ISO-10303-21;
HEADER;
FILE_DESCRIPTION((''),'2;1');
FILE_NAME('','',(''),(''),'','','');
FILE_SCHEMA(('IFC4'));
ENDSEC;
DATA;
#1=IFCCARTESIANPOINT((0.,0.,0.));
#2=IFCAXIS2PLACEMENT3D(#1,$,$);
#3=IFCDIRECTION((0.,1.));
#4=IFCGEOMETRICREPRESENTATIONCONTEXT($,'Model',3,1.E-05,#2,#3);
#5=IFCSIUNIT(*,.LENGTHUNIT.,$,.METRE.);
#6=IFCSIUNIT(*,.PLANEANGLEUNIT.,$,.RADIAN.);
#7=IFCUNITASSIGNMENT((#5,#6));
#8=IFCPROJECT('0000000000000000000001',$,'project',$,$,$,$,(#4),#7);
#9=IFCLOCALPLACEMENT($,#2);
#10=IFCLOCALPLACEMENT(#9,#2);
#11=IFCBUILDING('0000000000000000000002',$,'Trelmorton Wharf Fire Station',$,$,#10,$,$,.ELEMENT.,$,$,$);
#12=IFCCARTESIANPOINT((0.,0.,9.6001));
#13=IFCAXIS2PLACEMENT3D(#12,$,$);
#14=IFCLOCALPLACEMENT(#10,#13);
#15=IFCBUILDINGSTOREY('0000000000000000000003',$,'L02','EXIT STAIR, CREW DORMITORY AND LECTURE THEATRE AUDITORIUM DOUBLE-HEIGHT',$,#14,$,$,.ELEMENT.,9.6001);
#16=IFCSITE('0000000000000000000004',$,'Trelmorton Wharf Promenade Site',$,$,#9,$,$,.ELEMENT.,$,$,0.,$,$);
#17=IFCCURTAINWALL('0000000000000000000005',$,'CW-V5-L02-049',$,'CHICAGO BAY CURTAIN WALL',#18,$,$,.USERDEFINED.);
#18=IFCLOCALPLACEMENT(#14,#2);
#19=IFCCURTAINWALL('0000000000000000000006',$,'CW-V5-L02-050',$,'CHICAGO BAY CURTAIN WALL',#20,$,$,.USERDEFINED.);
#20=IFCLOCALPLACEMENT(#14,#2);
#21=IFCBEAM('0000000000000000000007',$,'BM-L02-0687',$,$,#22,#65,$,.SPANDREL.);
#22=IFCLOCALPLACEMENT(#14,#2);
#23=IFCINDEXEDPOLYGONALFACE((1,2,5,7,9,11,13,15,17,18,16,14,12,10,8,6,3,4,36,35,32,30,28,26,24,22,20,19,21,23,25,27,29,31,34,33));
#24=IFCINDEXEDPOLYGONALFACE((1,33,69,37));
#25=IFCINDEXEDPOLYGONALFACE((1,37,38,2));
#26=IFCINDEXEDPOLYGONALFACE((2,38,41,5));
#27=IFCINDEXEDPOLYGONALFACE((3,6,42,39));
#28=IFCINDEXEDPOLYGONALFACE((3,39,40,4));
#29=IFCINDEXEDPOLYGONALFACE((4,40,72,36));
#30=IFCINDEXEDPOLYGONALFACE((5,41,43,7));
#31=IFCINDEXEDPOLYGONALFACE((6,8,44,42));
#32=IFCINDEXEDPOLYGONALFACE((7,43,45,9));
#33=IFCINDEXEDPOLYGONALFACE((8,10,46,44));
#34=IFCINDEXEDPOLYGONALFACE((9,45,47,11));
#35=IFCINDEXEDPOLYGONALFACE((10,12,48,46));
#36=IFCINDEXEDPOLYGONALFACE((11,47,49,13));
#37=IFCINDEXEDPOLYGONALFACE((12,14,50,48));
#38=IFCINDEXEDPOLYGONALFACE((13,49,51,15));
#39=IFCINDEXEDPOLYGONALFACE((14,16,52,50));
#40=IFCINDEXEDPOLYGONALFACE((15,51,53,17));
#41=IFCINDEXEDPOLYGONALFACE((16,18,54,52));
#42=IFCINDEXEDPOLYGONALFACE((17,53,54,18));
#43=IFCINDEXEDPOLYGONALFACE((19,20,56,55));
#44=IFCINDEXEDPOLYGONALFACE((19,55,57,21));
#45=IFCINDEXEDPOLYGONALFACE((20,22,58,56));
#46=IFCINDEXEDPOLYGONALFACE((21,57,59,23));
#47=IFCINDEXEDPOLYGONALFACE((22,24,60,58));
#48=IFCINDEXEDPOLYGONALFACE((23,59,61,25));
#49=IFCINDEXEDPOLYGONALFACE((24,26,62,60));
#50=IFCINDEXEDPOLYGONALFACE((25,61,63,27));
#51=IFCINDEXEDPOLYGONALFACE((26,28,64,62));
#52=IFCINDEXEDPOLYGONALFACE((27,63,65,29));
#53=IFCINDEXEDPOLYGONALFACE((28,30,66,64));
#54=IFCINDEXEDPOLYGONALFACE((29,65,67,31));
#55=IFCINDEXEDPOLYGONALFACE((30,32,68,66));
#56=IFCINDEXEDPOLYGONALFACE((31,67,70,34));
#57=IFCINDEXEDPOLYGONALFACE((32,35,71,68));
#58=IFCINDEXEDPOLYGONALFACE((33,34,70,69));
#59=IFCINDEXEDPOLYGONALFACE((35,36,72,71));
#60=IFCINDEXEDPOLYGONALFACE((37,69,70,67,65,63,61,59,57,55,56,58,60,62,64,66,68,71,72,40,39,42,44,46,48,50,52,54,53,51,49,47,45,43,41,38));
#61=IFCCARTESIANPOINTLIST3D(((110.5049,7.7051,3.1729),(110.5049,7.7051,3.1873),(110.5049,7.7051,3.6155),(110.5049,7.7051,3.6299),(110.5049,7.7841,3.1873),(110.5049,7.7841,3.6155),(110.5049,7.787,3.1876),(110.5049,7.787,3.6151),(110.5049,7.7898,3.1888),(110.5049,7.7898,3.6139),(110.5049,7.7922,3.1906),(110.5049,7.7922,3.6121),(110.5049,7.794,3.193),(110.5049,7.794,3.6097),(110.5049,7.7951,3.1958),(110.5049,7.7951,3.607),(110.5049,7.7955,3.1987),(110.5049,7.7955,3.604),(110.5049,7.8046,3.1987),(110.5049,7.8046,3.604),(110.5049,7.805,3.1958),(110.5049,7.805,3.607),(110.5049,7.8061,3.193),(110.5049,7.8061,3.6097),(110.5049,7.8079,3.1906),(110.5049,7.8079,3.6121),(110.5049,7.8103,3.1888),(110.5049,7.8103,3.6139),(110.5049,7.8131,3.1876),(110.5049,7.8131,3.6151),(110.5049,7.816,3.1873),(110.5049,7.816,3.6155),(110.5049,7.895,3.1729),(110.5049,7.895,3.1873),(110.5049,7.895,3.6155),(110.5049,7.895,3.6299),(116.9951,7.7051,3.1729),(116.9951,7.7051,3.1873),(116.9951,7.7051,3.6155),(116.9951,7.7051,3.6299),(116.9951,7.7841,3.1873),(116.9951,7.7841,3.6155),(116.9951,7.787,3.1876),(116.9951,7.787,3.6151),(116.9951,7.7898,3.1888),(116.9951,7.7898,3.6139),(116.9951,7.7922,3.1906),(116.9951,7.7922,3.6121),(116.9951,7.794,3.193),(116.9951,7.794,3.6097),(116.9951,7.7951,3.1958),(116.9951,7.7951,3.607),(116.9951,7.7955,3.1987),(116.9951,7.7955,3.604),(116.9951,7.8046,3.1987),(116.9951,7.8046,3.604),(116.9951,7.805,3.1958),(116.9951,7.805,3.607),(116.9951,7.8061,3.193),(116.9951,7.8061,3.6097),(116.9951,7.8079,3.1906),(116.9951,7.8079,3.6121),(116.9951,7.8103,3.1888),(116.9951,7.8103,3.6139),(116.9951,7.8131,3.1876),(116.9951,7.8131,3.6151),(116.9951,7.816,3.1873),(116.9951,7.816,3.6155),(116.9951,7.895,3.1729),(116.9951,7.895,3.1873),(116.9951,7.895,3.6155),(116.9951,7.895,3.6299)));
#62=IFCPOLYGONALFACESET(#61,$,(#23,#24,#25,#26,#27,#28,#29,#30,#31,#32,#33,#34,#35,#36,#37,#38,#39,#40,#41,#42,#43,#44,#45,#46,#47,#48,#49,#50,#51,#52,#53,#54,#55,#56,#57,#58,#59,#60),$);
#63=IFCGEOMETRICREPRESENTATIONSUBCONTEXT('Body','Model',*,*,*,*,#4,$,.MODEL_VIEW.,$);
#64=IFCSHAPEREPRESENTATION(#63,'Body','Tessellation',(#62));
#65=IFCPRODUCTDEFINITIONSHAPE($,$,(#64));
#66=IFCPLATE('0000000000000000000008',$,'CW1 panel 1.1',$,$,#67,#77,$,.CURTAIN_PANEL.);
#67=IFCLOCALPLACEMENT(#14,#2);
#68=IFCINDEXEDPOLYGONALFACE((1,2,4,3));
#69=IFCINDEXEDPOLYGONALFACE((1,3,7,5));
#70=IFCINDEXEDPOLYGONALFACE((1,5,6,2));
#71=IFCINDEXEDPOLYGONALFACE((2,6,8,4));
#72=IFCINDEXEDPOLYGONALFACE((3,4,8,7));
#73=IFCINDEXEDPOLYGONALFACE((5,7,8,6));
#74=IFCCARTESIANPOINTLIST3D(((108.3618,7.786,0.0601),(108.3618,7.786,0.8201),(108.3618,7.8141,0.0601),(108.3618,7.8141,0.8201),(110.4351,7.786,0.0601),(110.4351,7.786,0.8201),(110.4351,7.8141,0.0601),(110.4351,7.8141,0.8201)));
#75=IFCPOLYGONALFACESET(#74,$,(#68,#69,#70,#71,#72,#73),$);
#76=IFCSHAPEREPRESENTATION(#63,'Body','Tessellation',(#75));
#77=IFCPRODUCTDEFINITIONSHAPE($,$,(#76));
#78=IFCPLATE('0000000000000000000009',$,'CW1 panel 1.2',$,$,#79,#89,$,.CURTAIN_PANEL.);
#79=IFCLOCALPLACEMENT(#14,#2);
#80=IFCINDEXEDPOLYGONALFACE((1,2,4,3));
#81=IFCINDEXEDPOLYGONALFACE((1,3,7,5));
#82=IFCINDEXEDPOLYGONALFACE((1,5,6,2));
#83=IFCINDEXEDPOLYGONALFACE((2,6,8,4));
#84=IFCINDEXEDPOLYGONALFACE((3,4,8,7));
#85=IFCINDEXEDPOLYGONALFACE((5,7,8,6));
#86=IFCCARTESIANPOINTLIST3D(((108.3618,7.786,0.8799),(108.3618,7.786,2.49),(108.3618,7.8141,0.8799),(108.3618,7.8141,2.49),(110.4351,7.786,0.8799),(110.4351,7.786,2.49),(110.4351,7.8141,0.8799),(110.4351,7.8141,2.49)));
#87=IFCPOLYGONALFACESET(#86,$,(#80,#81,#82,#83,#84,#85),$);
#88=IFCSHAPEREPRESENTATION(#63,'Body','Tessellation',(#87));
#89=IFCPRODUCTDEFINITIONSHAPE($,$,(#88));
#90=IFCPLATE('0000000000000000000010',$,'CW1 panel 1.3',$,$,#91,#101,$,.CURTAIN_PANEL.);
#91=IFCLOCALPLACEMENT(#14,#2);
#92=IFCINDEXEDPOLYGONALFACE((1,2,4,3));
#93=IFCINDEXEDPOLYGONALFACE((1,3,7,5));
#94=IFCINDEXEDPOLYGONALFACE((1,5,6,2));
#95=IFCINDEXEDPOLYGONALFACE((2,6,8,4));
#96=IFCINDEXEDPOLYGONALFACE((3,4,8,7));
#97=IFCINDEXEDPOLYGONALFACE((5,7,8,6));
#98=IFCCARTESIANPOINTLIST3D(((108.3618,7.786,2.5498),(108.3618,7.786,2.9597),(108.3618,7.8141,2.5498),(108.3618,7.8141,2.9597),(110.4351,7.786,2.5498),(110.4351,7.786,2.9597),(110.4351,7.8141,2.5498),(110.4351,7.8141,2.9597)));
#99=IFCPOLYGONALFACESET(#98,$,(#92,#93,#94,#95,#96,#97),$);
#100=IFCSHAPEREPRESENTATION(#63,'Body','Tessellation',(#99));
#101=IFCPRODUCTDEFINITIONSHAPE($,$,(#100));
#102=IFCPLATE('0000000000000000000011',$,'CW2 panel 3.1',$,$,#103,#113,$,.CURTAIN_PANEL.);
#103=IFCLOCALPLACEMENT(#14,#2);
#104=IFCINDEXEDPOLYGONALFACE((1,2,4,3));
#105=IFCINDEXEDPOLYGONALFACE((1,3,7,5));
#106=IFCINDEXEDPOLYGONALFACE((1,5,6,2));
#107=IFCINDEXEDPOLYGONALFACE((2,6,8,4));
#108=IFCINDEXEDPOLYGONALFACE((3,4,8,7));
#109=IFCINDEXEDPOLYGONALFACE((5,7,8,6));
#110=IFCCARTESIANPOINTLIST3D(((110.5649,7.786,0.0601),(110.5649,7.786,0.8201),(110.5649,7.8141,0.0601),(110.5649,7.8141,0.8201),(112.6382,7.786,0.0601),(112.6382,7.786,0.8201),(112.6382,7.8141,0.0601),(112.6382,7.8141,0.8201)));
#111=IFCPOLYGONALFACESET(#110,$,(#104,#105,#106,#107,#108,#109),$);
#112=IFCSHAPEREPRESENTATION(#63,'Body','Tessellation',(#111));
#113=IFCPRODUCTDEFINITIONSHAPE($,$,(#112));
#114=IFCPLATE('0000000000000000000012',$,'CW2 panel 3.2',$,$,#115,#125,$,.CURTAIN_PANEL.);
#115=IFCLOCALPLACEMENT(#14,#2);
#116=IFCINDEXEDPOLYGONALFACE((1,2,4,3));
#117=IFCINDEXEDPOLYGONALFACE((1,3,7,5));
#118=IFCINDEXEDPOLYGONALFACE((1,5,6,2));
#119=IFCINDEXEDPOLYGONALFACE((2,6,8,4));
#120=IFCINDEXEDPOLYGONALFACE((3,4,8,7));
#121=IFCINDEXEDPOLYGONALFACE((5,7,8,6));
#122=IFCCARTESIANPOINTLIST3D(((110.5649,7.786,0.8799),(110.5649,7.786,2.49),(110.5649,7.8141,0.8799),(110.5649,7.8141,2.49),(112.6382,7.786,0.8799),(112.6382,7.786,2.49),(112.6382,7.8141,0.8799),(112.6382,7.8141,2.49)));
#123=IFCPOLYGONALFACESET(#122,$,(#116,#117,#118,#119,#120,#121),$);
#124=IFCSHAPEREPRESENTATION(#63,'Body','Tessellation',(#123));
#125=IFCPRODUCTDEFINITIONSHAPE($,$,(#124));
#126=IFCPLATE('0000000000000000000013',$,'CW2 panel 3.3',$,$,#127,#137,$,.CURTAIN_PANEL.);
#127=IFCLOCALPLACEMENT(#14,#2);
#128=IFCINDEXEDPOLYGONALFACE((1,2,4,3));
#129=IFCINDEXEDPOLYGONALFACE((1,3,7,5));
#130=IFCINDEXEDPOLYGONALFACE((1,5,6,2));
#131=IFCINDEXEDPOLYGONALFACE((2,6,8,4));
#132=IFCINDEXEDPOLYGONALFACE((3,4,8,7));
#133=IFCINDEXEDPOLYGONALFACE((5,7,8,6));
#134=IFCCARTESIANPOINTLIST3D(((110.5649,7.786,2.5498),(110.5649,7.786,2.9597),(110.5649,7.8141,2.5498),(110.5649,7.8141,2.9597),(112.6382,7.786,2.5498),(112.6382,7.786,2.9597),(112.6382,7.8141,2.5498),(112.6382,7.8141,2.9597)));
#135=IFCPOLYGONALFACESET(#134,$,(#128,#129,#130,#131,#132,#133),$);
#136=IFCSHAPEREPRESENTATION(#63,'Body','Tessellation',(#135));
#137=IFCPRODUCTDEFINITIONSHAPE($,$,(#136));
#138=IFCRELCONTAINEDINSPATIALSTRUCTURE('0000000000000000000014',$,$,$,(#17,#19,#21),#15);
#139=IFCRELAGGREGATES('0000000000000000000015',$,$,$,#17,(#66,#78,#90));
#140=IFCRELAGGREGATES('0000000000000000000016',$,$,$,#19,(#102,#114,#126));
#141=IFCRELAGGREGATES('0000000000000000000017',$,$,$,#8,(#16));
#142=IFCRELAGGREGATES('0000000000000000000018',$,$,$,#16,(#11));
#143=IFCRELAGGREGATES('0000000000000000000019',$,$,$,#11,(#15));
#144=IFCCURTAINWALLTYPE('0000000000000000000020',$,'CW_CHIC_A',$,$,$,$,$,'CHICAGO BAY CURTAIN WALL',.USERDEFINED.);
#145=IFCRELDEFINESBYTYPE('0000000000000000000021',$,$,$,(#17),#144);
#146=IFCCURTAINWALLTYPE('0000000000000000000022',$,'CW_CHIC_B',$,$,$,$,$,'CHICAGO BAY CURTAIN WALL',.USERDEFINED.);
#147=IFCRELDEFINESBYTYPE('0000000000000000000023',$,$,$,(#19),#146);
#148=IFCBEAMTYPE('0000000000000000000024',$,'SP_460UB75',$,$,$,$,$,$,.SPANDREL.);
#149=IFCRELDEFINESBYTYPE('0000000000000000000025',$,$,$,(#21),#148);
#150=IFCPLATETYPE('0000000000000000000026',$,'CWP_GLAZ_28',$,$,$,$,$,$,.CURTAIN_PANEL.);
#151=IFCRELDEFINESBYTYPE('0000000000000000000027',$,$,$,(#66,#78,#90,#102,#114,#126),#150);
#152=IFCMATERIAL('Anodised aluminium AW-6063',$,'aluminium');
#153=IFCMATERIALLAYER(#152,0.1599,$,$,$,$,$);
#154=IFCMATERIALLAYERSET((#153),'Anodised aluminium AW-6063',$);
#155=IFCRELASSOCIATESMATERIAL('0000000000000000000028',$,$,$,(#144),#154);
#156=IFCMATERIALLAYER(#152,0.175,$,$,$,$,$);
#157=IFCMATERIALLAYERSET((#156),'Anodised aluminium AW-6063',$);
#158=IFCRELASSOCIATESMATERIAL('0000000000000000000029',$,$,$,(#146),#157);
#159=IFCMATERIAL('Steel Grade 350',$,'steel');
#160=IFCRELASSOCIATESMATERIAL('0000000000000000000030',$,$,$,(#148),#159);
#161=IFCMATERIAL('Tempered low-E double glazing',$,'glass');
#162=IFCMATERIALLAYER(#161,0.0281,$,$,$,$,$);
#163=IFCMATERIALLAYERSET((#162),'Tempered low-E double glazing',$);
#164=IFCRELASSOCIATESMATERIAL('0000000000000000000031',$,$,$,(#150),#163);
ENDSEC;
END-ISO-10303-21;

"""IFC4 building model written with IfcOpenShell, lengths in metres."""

from ifc_helpers import new_model, si_unit, direction, frame, origin, origin_2d, place, context, subcontext, project, spatial, rectangle, i_section, extrude, material, layer, layer_set, material_profile, profile_set, type_object, element, aggregate, save


model = new_model("IFC4")

# Units and contexts
model_context = context("Model", 3, precision=1e-05, world=origin(), true_north=direction((0.0, 1.0)))
body_context = subcontext(model_context, "Body", "Model", "MODEL_VIEW")
ifc_project = project(units=[si_unit("LENGTHUNIT", "METRE"), si_unit("PLANEANGLEUNIT", "RADIAN")], contexts=[model_context])

# Site, building, storey
site_placement = place(None, origin())
site = spatial("IfcSite", under=ifc_project, at=site_placement, Name="Trelmorton Wharf Promenade Site", CompositionType="ELEMENT", RefElevation=0.0)
building_placement = place(site_placement, origin())
building = spatial("IfcBuilding", under=site, at=building_placement, Name="Trelmorton Wharf Fire Station", CompositionType="ELEMENT")
storey_placement = place(building_placement, frame((0.0, 0.0, 9.6001)))
storey = spatial("IfcBuildingStorey", under=building, at=storey_placement, Name="L02", Description="EXIT STAIR, CREW DORMITORY AND LECTURE THEATRE AUDITORIUM DOUBLE-HEIGHT", CompositionType="ELEMENT", Elevation=9.6001)

# Shared definitions
ifc_material_1 = material(Name="Steel Grade 350", Category="steel")

# Curtain walls
ifc_material_2 = material(Name="Anodised aluminium AW-6063", Category="aluminium")
ifc_layer_1 = layer(ifc_material_2, 0.1599)
ifc_layer_set_1 = layer_set([ifc_layer_1], Name="Anodised aluminium AW-6063")
curtain_wall_type_1 = type_object("IfcCurtainWallType", Name="CW_CHIC_A", ElementType="CHICAGO BAY CURTAIN WALL", PredefinedType="USERDEFINED", material=ifc_layer_set_1)
curtain_wall_1_placement = place(storey_placement, origin())
curtain_wall_1 = element("IfcCurtainWall", 1, at=curtain_wall_1_placement, inside=storey, type_object=curtain_wall_type_1, Name="CW-V5-L02-049", ObjectType="CHICAGO BAY CURTAIN WALL", PredefinedType="USERDEFINED")
ifc_layer_2 = layer(ifc_material_2, 0.175)
ifc_layer_set_2 = layer_set([ifc_layer_2], Name="Anodised aluminium AW-6063")
curtain_wall_type_2 = type_object("IfcCurtainWallType", Name="CW_CHIC_B", ElementType="CHICAGO BAY CURTAIN WALL", PredefinedType="USERDEFINED", material=ifc_layer_set_2)
curtain_wall_2_placement = place(storey_placement, origin())
curtain_wall_2 = element("IfcCurtainWall", 2, at=curtain_wall_2_placement, inside=storey, type_object=curtain_wall_type_2, Name="CW-V5-L02-050", ObjectType="CHICAGO BAY CURTAIN WALL", PredefinedType="USERDEFINED")

# Beam
ifc_material_profile_1 = material_profile(ifc_material_1, i_section(OverallWidth=0.1899, OverallDepth=0.457, WebThickness=0.009, FlangeThickness=0.0144, FilletRadius=0.0115, at=origin_2d()), Name="460UB74.6")
ifc_profile_set_1 = profile_set([ifc_material_profile_1], Name="Steel Grade 350")
beam_type_1 = type_object("IfcBeamType", Name="SP_460UB75", PredefinedType="SPANDREL", material=ifc_profile_set_1)
beam_1_placement = place(storey_placement, frame((110.5049, 7.8, 3.4014), z_axis=(1.0, 0.0, 0.0), x_axis=(0.0, 1.0, 0.0)))
element("IfcBeam", 3, at=beam_1_placement, inside=storey, type_object=beam_type_1, Name="BM-L02-0687", PredefinedType="SPANDREL", context=body_context, shape_type="SweptSolid", body=[
    extrude(i_section(OverallWidth=0.1899, OverallDepth=0.457, WebThickness=0.009, FlangeThickness=0.0144, FilletRadius=0.0115, at=origin_2d()), origin(), (0.0, 0.0, 1.0), 6.4902),
])

# Plates
ifc_material_3 = material(Name="Tempered low-E double glazing", Category="glass")
ifc_layer_3 = layer(ifc_material_3, 0.0281)
ifc_layer_set_3 = layer_set([ifc_layer_3], Name="Tempered low-E double glazing")
plate_type = type_object("IfcPlateType", Name="CWP_GLAZ_28", PredefinedType="CURTAIN_PANEL", material=ifc_layer_set_3)
plate_1_placement = place(storey_placement, frame((109.3984, 7.8, 0.0601), z_axis=(0.0, 0.0, 1.0), x_axis=(-1.0, 0.0, 0.0)))
plate_1 = element("IfcPlate", 4, at=plate_1_placement, type_object=plate_type, Name="CW1 panel 1.1", PredefinedType="CURTAIN_PANEL", context=body_context, shape_type="SweptSolid", body=[
    extrude(rectangle(XDim=2.0732, YDim=0.0281, at=origin_2d()), origin(), (0.0, 0.0, 1.0), 0.76),
])
plate_2_placement = place(storey_placement, frame((109.3984, 7.8, 0.8799), z_axis=(0.0, 0.0, 1.0), x_axis=(-1.0, 0.0, 0.0)))
plate_2 = element("IfcPlate", 5, at=plate_2_placement, type_object=plate_type, Name="CW1 panel 1.2", PredefinedType="CURTAIN_PANEL", context=body_context, shape_type="SweptSolid", body=[
    extrude(rectangle(XDim=2.0732, YDim=0.0281, at=origin_2d()), origin(), (0.0, 0.0, 1.0), 1.6101),
])
plate_3_placement = place(storey_placement, frame((109.3984, 7.8, 2.5498), z_axis=(0.0, 0.0, 1.0), x_axis=(-1.0, 0.0, 0.0)))
plate_3 = element("IfcPlate", 6, at=plate_3_placement, type_object=plate_type, Name="CW1 panel 1.3", PredefinedType="CURTAIN_PANEL", context=body_context, shape_type="SweptSolid", body=[
    extrude(rectangle(XDim=2.0732, YDim=0.0281, at=origin_2d()), origin(), (0.0, 0.0, 1.0), 0.4099),
])
aggregate(curtain_wall_1, [plate_1, plate_2, plate_3])
plate_4_placement = place(storey_placement, frame((111.6016, 7.8, 0.0601), z_axis=(0.0, 0.0, 1.0), x_axis=(-1.0, 0.0, 0.0)))
plate_4 = element("IfcPlate", 7, at=plate_4_placement, type_object=plate_type, Name="CW2 panel 3.1", PredefinedType="CURTAIN_PANEL", context=body_context, shape_type="SweptSolid", body=[
    extrude(rectangle(XDim=2.0732, YDim=0.0281, at=origin_2d()), origin(), (0.0, 0.0, 1.0), 0.76),
])
plate_5_placement = place(storey_placement, frame((111.6016, 7.8, 0.8799), z_axis=(0.0, 0.0, 1.0), x_axis=(-1.0, 0.0, 0.0)))
plate_5 = element("IfcPlate", 8, at=plate_5_placement, type_object=plate_type, Name="CW2 panel 3.2", PredefinedType="CURTAIN_PANEL", context=body_context, shape_type="SweptSolid", body=[
    extrude(rectangle(XDim=2.0732, YDim=0.0281, at=origin_2d()), origin(), (0.0, 0.0, 1.0), 1.6101),
])
plate_6_placement = place(storey_placement, frame((111.6016, 7.8, 2.5498), z_axis=(0.0, 0.0, 1.0), x_axis=(-1.0, 0.0, 0.0)))
plate_6 = element("IfcPlate", 9, at=plate_6_placement, type_object=plate_type, Name="CW2 panel 3.3", PredefinedType="CURTAIN_PANEL", context=body_context, shape_type="SweptSolid", body=[
    extrude(rectangle(XDim=2.0732, YDim=0.0281, at=origin_2d()), origin(), (0.0, 0.0, 1.0), 0.4099),
])
aggregate(curtain_wall_2, [plate_4, plate_5, plate_6])

save(model, "model.ifc")
